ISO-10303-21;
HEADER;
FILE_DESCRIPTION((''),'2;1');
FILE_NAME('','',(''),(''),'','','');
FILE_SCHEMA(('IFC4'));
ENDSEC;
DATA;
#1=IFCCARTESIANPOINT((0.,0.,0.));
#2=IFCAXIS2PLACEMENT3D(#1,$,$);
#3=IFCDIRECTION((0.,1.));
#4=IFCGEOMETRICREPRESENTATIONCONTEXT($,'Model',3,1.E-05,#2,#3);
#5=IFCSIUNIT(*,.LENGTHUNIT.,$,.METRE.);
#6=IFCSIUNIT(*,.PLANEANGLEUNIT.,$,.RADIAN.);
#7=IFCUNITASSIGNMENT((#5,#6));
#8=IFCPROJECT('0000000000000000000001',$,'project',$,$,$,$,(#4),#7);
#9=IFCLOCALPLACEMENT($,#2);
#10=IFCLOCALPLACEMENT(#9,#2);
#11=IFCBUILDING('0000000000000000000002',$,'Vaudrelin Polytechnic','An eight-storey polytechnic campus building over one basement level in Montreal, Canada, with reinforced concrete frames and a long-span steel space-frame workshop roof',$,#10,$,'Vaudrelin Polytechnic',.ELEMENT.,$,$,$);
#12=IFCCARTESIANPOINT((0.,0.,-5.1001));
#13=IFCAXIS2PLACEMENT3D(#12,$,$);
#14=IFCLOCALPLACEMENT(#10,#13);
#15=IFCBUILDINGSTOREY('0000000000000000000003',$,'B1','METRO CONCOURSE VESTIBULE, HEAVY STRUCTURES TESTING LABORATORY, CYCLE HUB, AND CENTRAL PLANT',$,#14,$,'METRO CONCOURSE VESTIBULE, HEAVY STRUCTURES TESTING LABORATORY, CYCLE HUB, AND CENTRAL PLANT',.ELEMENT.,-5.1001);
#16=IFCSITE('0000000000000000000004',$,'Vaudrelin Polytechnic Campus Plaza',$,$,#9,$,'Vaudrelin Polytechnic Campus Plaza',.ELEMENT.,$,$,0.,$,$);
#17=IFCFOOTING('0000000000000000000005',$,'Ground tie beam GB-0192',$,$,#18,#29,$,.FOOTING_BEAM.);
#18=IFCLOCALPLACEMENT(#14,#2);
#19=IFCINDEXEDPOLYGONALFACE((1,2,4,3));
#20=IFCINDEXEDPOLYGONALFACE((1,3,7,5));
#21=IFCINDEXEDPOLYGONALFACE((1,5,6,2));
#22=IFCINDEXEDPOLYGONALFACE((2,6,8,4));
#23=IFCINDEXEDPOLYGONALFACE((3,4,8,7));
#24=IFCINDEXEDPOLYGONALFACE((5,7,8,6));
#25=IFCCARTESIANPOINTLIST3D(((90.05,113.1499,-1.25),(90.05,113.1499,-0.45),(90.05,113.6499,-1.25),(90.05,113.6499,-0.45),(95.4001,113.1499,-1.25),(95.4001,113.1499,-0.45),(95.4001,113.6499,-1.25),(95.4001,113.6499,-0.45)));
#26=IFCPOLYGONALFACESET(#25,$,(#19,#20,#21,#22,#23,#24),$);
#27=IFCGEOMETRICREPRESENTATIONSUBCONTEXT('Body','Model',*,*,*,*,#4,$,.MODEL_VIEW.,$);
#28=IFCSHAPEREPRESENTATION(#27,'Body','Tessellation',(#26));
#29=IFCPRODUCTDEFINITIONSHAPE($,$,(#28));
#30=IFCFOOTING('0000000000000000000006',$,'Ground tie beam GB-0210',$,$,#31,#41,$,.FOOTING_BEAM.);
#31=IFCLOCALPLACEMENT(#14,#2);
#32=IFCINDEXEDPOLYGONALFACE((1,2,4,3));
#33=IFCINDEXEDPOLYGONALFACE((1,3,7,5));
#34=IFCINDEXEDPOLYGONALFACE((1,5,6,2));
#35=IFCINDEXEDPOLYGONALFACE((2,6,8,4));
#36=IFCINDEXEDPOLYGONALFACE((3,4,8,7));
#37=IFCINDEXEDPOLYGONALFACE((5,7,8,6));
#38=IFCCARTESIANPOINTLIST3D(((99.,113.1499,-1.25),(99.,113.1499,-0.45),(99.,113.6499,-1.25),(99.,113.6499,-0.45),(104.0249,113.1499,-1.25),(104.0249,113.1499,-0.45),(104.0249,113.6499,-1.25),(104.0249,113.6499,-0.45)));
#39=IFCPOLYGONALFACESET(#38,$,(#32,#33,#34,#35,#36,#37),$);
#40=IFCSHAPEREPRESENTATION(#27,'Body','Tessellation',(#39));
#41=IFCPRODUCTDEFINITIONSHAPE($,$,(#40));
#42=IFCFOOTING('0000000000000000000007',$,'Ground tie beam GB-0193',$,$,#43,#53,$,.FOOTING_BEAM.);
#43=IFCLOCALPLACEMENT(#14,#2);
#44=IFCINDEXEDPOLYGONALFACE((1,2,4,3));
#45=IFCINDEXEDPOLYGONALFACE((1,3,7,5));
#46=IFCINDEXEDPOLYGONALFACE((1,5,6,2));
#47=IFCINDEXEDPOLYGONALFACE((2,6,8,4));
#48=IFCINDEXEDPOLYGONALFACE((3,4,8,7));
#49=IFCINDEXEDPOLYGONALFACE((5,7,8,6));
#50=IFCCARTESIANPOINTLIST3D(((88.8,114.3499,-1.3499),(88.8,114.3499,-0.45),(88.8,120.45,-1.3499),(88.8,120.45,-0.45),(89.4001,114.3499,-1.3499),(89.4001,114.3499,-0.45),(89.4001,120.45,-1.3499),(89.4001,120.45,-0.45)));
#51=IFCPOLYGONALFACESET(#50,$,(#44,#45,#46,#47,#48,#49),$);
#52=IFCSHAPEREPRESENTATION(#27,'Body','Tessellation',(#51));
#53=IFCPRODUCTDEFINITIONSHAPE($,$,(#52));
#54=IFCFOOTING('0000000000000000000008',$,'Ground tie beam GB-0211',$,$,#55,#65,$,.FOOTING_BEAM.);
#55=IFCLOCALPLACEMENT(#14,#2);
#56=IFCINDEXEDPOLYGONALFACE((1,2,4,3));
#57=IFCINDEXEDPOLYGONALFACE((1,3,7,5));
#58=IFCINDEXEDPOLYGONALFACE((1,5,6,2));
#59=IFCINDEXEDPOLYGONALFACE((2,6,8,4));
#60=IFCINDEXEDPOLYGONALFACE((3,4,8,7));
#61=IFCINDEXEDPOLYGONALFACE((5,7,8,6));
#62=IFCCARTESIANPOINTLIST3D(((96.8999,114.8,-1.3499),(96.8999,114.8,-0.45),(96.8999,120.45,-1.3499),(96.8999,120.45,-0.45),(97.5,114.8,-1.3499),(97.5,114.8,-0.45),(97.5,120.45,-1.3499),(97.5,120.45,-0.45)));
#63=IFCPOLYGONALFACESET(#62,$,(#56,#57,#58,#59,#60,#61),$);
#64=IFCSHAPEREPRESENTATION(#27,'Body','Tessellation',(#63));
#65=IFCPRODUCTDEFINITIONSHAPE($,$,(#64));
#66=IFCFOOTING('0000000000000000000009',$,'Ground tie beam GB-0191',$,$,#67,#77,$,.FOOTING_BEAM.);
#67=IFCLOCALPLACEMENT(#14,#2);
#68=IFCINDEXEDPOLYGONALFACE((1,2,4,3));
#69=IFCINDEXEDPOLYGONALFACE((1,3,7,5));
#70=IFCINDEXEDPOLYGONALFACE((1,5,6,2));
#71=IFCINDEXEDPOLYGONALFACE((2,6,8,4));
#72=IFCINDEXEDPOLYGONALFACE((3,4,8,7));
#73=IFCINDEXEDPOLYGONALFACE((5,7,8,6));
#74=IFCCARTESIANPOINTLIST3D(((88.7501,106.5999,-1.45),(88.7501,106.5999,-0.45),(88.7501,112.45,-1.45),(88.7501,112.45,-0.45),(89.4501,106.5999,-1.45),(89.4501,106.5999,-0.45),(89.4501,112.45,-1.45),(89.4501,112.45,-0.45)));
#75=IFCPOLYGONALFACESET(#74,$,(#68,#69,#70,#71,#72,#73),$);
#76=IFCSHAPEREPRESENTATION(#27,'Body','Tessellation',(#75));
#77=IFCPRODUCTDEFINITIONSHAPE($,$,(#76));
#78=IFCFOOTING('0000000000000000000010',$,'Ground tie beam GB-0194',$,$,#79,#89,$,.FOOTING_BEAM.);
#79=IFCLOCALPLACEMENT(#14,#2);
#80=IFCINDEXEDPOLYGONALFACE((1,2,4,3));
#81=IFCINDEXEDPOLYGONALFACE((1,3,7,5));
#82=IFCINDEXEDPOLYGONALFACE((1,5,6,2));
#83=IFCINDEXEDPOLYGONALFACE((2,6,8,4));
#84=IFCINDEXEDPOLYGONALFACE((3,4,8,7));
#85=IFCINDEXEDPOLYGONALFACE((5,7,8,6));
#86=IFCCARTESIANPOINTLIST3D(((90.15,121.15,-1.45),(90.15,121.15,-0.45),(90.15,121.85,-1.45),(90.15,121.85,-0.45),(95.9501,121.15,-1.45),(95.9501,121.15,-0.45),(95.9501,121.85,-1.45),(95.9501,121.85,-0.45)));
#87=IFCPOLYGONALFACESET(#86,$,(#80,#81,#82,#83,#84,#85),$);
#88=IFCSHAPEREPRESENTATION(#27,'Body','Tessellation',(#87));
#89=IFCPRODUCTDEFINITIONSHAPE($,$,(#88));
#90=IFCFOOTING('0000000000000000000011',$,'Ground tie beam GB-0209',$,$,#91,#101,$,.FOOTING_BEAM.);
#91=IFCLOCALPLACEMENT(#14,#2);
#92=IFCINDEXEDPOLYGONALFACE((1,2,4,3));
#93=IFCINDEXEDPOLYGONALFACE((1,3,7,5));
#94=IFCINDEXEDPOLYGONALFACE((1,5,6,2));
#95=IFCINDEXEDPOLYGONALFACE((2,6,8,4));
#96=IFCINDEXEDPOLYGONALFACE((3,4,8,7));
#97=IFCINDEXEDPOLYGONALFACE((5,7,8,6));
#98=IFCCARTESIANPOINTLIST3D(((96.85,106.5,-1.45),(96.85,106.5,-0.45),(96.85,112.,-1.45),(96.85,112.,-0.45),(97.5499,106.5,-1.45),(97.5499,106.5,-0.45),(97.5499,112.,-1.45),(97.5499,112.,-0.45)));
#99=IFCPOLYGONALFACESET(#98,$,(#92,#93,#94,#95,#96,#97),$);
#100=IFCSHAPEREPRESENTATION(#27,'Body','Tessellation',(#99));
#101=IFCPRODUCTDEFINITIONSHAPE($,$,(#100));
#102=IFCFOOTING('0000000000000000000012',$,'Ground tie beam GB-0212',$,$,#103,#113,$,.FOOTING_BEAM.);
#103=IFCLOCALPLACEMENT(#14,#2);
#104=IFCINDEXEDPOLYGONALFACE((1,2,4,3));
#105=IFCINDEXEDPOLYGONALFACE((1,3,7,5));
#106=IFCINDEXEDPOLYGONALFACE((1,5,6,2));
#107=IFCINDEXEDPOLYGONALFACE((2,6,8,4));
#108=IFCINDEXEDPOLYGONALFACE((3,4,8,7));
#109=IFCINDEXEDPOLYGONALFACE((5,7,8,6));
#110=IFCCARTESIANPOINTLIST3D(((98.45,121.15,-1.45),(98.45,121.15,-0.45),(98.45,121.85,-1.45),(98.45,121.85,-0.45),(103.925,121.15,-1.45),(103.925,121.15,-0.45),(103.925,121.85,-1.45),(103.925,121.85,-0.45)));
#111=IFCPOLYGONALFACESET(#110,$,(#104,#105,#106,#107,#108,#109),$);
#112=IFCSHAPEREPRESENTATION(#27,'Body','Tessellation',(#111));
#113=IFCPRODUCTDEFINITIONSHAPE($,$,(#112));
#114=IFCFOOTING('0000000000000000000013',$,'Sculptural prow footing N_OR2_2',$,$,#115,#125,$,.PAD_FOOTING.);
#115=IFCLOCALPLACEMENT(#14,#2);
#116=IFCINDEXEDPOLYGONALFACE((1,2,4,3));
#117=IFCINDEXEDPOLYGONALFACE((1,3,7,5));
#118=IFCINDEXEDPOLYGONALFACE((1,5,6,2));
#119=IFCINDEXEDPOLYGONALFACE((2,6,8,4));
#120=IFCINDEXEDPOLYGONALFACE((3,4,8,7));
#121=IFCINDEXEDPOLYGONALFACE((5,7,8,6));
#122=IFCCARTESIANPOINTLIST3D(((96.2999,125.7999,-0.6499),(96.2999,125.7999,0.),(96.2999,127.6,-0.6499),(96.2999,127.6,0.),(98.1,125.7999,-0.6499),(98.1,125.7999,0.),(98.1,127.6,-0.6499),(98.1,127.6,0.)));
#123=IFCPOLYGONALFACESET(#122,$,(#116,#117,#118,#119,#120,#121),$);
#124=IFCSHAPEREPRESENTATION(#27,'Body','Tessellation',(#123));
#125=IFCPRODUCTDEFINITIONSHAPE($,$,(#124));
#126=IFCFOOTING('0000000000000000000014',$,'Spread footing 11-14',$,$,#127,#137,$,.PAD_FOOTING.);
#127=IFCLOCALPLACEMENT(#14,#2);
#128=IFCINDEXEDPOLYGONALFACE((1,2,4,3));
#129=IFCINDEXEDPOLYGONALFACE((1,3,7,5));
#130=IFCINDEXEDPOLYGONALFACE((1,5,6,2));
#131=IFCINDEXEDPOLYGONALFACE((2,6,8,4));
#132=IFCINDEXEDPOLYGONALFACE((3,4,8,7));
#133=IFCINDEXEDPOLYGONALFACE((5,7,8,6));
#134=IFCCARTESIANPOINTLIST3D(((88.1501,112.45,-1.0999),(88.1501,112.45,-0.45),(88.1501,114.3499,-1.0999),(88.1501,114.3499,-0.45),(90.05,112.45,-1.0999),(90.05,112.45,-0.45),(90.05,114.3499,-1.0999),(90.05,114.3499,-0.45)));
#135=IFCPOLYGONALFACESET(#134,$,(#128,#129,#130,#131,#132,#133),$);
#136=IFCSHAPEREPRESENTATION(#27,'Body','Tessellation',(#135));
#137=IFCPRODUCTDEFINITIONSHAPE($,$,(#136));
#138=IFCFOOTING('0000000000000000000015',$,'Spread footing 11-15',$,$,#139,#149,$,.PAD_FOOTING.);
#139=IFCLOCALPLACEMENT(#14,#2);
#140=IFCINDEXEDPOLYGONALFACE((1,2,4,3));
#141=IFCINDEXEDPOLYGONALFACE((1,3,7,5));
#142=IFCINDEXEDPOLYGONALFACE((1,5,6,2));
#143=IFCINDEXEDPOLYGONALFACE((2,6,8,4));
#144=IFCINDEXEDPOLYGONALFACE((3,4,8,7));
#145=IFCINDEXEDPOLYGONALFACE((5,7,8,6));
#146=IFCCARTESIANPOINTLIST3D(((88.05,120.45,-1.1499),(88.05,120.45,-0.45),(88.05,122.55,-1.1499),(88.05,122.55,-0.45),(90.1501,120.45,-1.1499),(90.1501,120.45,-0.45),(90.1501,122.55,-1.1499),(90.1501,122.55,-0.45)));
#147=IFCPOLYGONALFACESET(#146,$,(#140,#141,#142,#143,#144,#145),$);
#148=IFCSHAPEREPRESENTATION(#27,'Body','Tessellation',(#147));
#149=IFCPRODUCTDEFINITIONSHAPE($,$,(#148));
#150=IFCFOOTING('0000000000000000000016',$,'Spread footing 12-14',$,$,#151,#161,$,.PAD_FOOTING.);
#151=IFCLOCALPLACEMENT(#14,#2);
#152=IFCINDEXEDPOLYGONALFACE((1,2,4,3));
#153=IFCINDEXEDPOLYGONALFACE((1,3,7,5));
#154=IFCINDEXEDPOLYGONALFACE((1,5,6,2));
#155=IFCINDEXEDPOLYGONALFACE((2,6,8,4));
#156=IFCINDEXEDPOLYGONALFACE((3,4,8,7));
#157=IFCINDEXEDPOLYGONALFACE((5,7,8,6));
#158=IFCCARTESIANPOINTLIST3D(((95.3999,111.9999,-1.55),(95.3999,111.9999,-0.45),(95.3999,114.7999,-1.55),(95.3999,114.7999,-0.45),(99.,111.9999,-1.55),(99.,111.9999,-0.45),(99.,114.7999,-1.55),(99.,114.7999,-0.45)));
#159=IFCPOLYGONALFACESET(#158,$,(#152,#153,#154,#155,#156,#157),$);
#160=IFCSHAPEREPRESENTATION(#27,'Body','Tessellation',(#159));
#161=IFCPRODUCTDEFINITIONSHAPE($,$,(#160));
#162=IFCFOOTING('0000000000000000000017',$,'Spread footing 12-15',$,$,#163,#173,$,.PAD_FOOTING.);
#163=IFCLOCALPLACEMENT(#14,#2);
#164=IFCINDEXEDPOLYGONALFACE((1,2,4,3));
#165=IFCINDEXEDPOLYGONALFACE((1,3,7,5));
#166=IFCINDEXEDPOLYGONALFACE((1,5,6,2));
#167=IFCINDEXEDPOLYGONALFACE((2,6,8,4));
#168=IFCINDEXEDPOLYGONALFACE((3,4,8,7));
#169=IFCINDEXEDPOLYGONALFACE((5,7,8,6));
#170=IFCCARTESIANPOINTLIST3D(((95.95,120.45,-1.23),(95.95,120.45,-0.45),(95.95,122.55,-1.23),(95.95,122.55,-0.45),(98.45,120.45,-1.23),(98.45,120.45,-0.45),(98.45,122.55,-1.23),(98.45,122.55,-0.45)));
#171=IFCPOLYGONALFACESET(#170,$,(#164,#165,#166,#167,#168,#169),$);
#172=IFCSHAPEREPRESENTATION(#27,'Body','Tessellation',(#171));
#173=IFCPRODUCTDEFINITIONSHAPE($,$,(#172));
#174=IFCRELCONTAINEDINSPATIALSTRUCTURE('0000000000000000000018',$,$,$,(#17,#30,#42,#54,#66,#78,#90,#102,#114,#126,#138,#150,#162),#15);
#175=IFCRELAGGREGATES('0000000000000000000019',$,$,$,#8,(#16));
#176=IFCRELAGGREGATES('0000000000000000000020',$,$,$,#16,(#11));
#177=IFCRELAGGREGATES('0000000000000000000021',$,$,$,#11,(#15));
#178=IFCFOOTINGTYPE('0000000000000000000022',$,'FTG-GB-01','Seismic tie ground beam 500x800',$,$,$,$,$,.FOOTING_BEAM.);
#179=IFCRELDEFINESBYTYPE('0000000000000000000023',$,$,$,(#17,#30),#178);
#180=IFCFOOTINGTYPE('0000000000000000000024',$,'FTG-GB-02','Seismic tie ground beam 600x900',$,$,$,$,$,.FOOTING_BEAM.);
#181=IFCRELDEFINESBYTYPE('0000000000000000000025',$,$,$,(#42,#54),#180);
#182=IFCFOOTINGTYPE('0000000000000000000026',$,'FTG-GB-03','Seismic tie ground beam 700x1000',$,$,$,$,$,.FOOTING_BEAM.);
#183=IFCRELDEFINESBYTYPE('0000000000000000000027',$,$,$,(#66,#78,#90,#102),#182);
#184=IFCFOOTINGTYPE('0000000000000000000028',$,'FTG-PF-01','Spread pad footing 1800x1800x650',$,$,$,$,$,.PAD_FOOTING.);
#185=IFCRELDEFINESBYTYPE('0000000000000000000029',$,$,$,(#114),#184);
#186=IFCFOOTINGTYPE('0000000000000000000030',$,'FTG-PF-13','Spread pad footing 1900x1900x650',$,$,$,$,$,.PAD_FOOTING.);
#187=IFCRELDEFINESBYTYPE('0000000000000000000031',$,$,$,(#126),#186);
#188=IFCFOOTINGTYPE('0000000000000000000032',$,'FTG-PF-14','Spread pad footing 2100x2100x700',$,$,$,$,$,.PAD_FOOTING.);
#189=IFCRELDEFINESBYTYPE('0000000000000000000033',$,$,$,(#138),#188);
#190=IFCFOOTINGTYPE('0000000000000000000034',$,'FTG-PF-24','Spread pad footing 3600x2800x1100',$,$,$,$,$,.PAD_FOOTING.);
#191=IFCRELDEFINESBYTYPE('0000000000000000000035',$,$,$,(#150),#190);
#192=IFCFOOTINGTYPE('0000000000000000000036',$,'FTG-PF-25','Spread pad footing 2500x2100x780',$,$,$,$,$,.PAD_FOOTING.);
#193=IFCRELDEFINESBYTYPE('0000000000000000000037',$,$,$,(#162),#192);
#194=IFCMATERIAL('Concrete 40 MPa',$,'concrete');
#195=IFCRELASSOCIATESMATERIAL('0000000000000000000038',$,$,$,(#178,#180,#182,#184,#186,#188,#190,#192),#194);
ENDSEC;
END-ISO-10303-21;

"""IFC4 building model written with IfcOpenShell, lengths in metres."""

from ifc_helpers import new_model, si_unit, direction, frame, origin, origin_2d, place, context, subcontext, project, spatial, rectangle, extrude, material, type_object, element, save


model = new_model("IFC4")

# Units and contexts
model_context = context("Model", 3, precision=1e-05, world=origin(), true_north=direction((0.0, 1.0)))
body_context = subcontext(model_context, "Body", "Model", "MODEL_VIEW")
ifc_project = project(units=[si_unit("LENGTHUNIT", "METRE"), si_unit("PLANEANGLEUNIT", "RADIAN")], contexts=[model_context])

# Site, building, storey
site_placement = place(None, origin())
site = spatial("IfcSite", under=ifc_project, at=site_placement, Name="Vaudrelin Polytechnic Campus Plaza", LongName="Vaudrelin Polytechnic Campus Plaza", CompositionType="ELEMENT", RefElevation=0.0)
building_placement = place(site_placement, origin())
building = spatial("IfcBuilding", under=site, at=building_placement, Name="Vaudrelin Polytechnic", Description="An eight-storey polytechnic campus building over one basement level in Montreal, Canada, with reinforced concrete frames and a long-span steel space-frame workshop roof", LongName="Vaudrelin Polytechnic", CompositionType="ELEMENT")
storey_placement = place(building_placement, frame((0.0, 0.0, -5.1001)))
storey = spatial("IfcBuildingStorey", under=building, at=storey_placement, Name="B1", Description="METRO CONCOURSE VESTIBULE, HEAVY STRUCTURES TESTING LABORATORY, CYCLE HUB, AND CENTRAL PLANT", LongName="METRO CONCOURSE VESTIBULE, HEAVY STRUCTURES TESTING LABORATORY, CYCLE HUB, AND CENTRAL PLANT", CompositionType="ELEMENT", Elevation=-5.1001)

# Footings
ifc_material_1 = material(Name="Concrete 40 MPa", Category="concrete")
footing_type_1 = type_object("IfcFootingType", Name="FTG-GB-01", Description="Seismic tie ground beam 500x800", PredefinedType="FOOTING_BEAM", material=ifc_material_1)
footing_1_placement = place(storey_placement, frame((92.7251, 113.3999, -1.25), z_axis=(0.0, 0.0, 1.0), x_axis=(1.0, 0.0, 0.0)))
element("IfcFooting", 1, at=footing_1_placement, inside=storey, type_object=footing_type_1, Name="Ground tie beam GB-0192", PredefinedType="FOOTING_BEAM", context=body_context, shape_type="SweptSolid", body=[
    extrude(rectangle(XDim=5.3501, YDim=0.5, at=origin_2d()), origin(), (0.0, 0.0, 1.0), 0.8),
])
footing_2_placement = place(storey_placement, frame((101.5125, 113.3999, -1.25), z_axis=(0.0, 0.0, 1.0), x_axis=(1.0, 0.0, 0.0)))
element("IfcFooting", 2, at=footing_2_placement, inside=storey, type_object=footing_type_1, Name="Ground tie beam GB-0210", PredefinedType="FOOTING_BEAM", context=body_context, shape_type="SweptSolid", body=[
    extrude(rectangle(XDim=5.0249, YDim=0.5, at=origin_2d()), origin(), (0.0, 0.0, 1.0), 0.8),
])
footing_type_2 = type_object("IfcFootingType", Name="FTG-GB-02", Description="Seismic tie ground beam 600x900", PredefinedType="FOOTING_BEAM", material=ifc_material_1)
footing_3_placement = place(storey_placement, frame((89.1001, 117.3999, -1.3499), z_axis=(0.0, 0.0, 1.0), x_axis=(1.0, 0.0, 0.0)))
element("IfcFooting", 3, at=footing_3_placement, inside=storey, type_object=footing_type_2, Name="Ground tie beam GB-0193", PredefinedType="FOOTING_BEAM", context=body_context, shape_type="SweptSolid", body=[
    extrude(rectangle(XDim=0.6001, YDim=6.1001, at=origin_2d()), origin(), (0.0, 0.0, 1.0), 0.8999),
])
footing_4_placement = place(storey_placement, frame((97.2, 117.625, -1.3499), z_axis=(0.0, 0.0, 1.0), x_axis=(1.0, 0.0, 0.0)))
element("IfcFooting", 4, at=footing_4_placement, inside=storey, type_object=footing_type_2, Name="Ground tie beam GB-0211", PredefinedType="FOOTING_BEAM", context=body_context, shape_type="SweptSolid", body=[
    extrude(rectangle(XDim=0.6001, YDim=5.6499, at=origin_2d()), origin(), (0.0, 0.0, 1.0), 0.8999),
])
footing_type_3 = type_object("IfcFootingType", Name="FTG-GB-03", Description="Seismic tie ground beam 700x1000", PredefinedType="FOOTING_BEAM", material=ifc_material_1)
footing_5_placement = place(storey_placement, frame((89.1001, 109.5249, -1.45), z_axis=(0.0, 0.0, 1.0), x_axis=(1.0, 0.0, 0.0)))
element("IfcFooting", 5, at=footing_5_placement, inside=storey, type_object=footing_type_3, Name="Ground tie beam GB-0191", PredefinedType="FOOTING_BEAM", context=body_context, shape_type="SweptSolid", body=[
    extrude(rectangle(XDim=0.7, YDim=5.8501, at=origin_2d()), origin(), (0.0, 0.0, 1.0), 1.0),
])
footing_6_placement = place(storey_placement, frame((93.05, 121.5, -1.45), z_axis=(0.0, 0.0, 1.0), x_axis=(1.0, 0.0, 0.0)))
element("IfcFooting", 6, at=footing_6_placement, inside=storey, type_object=footing_type_3, Name="Ground tie beam GB-0194", PredefinedType="FOOTING_BEAM", context=body_context, shape_type="SweptSolid", body=[
    extrude(rectangle(XDim=5.8, YDim=0.7, at=origin_2d()), origin(), (0.0, 0.0, 1.0), 1.0),
])
footing_7_placement = place(storey_placement, frame((97.2, 109.25, -1.45), z_axis=(0.0, 0.0, 1.0), x_axis=(1.0, 0.0, 0.0)))
element("IfcFooting", 7, at=footing_7_placement, inside=storey, type_object=footing_type_3, Name="Ground tie beam GB-0209", PredefinedType="FOOTING_BEAM", context=body_context, shape_type="SweptSolid", body=[
    extrude(rectangle(XDim=0.7, YDim=5.5, at=origin_2d()), origin(), (0.0, 0.0, 1.0), 1.0),
])
footing_8_placement = place(storey_placement, frame((101.1875, 121.5, -1.45), z_axis=(0.0, 0.0, 1.0), x_axis=(1.0, 0.0, 0.0)))
element("IfcFooting", 8, at=footing_8_placement, inside=storey, type_object=footing_type_3, Name="Ground tie beam GB-0212", PredefinedType="FOOTING_BEAM", context=body_context, shape_type="SweptSolid", body=[
    extrude(rectangle(XDim=5.4751, YDim=0.7, at=origin_2d()), origin(), (0.0, 0.0, 1.0), 1.0),
])
footing_type_4 = type_object("IfcFootingType", Name="FTG-PF-01", Description="Spread pad footing 1800x1800x650", PredefinedType="PAD_FOOTING", material=ifc_material_1)
footing_9_placement = place(storey_placement, frame((97.2, 126.7, -0.6499), z_axis=(0.0, 0.0, 1.0), x_axis=(1.0, 0.0, 0.0)))
element("IfcFooting", 9, at=footing_9_placement, inside=storey, type_object=footing_type_4, Name="Sculptural prow footing N_OR2_2", PredefinedType="PAD_FOOTING", context=body_context, shape_type="SweptSolid", body=[
    extrude(rectangle(XDim=1.8, YDim=1.8, at=origin_2d()), origin(), (0.0, 0.0, 1.0), 0.6499),
])
footing_type_5 = type_object("IfcFootingType", Name="FTG-PF-13", Description="Spread pad footing 1900x1900x650", PredefinedType="PAD_FOOTING", material=ifc_material_1)
footing_10_placement = place(storey_placement, frame((89.1001, 113.3999, -1.0999), z_axis=(0.0, 0.0, 1.0), x_axis=(1.0, 0.0, 0.0)))
element("IfcFooting", 10, at=footing_10_placement, inside=storey, type_object=footing_type_5, Name="Spread footing 11-14", PredefinedType="PAD_FOOTING", context=body_context, shape_type="SweptSolid", body=[
    extrude(rectangle(XDim=1.8999, YDim=1.8999, at=origin_2d()), origin(), (0.0, 0.0, 1.0), 0.6499),
])
footing_type_6 = type_object("IfcFootingType", Name="FTG-PF-14", Description="Spread pad footing 2100x2100x700", PredefinedType="PAD_FOOTING", material=ifc_material_1)
footing_11_placement = place(storey_placement, frame((89.1001, 121.5, -1.1499), z_axis=(0.0, 0.0, 1.0), x_axis=(1.0, 0.0, 0.0)))
element("IfcFooting", 11, at=footing_11_placement, inside=storey, type_object=footing_type_6, Name="Spread footing 11-15", PredefinedType="PAD_FOOTING", context=body_context, shape_type="SweptSolid", body=[
    extrude(rectangle(XDim=2.1001, YDim=2.1001, at=origin_2d()), origin(), (0.0, 0.0, 1.0), 0.7),
])
footing_type_7 = type_object("IfcFootingType", Name="FTG-PF-24", Description="Spread pad footing 3600x2800x1100", PredefinedType="PAD_FOOTING", material=ifc_material_1)
footing_12_placement = place(storey_placement, frame((97.2, 113.3999, -1.55), z_axis=(0.0, 0.0, 1.0), x_axis=(1.0, 0.0, 0.0)))
element("IfcFooting", 12, at=footing_12_placement, inside=storey, type_object=footing_type_7, Name="Spread footing 12-14", PredefinedType="PAD_FOOTING", context=body_context, shape_type="SweptSolid", body=[
    extrude(rectangle(XDim=3.6001, YDim=2.8, at=origin_2d()), origin(), (0.0, 0.0, 1.0), 1.1001),
])
footing_type_8 = type_object("IfcFootingType", Name="FTG-PF-25", Description="Spread pad footing 2500x2100x780", PredefinedType="PAD_FOOTING", material=ifc_material_1)
footing_13_placement = place(storey_placement, frame((97.2, 121.5, -1.23), z_axis=(0.0, 0.0, 1.0), x_axis=(1.0, 0.0, 0.0)))
element("IfcFooting", 13, at=footing_13_placement, inside=storey, type_object=footing_type_8, Name="Spread footing 12-15", PredefinedType="PAD_FOOTING", context=body_context, shape_type="SweptSolid", body=[
    extrude(rectangle(XDim=2.5, YDim=2.1001, at=origin_2d()), origin(), (0.0, 0.0, 1.0), 0.78),
])

save(model, "model.ifc")
